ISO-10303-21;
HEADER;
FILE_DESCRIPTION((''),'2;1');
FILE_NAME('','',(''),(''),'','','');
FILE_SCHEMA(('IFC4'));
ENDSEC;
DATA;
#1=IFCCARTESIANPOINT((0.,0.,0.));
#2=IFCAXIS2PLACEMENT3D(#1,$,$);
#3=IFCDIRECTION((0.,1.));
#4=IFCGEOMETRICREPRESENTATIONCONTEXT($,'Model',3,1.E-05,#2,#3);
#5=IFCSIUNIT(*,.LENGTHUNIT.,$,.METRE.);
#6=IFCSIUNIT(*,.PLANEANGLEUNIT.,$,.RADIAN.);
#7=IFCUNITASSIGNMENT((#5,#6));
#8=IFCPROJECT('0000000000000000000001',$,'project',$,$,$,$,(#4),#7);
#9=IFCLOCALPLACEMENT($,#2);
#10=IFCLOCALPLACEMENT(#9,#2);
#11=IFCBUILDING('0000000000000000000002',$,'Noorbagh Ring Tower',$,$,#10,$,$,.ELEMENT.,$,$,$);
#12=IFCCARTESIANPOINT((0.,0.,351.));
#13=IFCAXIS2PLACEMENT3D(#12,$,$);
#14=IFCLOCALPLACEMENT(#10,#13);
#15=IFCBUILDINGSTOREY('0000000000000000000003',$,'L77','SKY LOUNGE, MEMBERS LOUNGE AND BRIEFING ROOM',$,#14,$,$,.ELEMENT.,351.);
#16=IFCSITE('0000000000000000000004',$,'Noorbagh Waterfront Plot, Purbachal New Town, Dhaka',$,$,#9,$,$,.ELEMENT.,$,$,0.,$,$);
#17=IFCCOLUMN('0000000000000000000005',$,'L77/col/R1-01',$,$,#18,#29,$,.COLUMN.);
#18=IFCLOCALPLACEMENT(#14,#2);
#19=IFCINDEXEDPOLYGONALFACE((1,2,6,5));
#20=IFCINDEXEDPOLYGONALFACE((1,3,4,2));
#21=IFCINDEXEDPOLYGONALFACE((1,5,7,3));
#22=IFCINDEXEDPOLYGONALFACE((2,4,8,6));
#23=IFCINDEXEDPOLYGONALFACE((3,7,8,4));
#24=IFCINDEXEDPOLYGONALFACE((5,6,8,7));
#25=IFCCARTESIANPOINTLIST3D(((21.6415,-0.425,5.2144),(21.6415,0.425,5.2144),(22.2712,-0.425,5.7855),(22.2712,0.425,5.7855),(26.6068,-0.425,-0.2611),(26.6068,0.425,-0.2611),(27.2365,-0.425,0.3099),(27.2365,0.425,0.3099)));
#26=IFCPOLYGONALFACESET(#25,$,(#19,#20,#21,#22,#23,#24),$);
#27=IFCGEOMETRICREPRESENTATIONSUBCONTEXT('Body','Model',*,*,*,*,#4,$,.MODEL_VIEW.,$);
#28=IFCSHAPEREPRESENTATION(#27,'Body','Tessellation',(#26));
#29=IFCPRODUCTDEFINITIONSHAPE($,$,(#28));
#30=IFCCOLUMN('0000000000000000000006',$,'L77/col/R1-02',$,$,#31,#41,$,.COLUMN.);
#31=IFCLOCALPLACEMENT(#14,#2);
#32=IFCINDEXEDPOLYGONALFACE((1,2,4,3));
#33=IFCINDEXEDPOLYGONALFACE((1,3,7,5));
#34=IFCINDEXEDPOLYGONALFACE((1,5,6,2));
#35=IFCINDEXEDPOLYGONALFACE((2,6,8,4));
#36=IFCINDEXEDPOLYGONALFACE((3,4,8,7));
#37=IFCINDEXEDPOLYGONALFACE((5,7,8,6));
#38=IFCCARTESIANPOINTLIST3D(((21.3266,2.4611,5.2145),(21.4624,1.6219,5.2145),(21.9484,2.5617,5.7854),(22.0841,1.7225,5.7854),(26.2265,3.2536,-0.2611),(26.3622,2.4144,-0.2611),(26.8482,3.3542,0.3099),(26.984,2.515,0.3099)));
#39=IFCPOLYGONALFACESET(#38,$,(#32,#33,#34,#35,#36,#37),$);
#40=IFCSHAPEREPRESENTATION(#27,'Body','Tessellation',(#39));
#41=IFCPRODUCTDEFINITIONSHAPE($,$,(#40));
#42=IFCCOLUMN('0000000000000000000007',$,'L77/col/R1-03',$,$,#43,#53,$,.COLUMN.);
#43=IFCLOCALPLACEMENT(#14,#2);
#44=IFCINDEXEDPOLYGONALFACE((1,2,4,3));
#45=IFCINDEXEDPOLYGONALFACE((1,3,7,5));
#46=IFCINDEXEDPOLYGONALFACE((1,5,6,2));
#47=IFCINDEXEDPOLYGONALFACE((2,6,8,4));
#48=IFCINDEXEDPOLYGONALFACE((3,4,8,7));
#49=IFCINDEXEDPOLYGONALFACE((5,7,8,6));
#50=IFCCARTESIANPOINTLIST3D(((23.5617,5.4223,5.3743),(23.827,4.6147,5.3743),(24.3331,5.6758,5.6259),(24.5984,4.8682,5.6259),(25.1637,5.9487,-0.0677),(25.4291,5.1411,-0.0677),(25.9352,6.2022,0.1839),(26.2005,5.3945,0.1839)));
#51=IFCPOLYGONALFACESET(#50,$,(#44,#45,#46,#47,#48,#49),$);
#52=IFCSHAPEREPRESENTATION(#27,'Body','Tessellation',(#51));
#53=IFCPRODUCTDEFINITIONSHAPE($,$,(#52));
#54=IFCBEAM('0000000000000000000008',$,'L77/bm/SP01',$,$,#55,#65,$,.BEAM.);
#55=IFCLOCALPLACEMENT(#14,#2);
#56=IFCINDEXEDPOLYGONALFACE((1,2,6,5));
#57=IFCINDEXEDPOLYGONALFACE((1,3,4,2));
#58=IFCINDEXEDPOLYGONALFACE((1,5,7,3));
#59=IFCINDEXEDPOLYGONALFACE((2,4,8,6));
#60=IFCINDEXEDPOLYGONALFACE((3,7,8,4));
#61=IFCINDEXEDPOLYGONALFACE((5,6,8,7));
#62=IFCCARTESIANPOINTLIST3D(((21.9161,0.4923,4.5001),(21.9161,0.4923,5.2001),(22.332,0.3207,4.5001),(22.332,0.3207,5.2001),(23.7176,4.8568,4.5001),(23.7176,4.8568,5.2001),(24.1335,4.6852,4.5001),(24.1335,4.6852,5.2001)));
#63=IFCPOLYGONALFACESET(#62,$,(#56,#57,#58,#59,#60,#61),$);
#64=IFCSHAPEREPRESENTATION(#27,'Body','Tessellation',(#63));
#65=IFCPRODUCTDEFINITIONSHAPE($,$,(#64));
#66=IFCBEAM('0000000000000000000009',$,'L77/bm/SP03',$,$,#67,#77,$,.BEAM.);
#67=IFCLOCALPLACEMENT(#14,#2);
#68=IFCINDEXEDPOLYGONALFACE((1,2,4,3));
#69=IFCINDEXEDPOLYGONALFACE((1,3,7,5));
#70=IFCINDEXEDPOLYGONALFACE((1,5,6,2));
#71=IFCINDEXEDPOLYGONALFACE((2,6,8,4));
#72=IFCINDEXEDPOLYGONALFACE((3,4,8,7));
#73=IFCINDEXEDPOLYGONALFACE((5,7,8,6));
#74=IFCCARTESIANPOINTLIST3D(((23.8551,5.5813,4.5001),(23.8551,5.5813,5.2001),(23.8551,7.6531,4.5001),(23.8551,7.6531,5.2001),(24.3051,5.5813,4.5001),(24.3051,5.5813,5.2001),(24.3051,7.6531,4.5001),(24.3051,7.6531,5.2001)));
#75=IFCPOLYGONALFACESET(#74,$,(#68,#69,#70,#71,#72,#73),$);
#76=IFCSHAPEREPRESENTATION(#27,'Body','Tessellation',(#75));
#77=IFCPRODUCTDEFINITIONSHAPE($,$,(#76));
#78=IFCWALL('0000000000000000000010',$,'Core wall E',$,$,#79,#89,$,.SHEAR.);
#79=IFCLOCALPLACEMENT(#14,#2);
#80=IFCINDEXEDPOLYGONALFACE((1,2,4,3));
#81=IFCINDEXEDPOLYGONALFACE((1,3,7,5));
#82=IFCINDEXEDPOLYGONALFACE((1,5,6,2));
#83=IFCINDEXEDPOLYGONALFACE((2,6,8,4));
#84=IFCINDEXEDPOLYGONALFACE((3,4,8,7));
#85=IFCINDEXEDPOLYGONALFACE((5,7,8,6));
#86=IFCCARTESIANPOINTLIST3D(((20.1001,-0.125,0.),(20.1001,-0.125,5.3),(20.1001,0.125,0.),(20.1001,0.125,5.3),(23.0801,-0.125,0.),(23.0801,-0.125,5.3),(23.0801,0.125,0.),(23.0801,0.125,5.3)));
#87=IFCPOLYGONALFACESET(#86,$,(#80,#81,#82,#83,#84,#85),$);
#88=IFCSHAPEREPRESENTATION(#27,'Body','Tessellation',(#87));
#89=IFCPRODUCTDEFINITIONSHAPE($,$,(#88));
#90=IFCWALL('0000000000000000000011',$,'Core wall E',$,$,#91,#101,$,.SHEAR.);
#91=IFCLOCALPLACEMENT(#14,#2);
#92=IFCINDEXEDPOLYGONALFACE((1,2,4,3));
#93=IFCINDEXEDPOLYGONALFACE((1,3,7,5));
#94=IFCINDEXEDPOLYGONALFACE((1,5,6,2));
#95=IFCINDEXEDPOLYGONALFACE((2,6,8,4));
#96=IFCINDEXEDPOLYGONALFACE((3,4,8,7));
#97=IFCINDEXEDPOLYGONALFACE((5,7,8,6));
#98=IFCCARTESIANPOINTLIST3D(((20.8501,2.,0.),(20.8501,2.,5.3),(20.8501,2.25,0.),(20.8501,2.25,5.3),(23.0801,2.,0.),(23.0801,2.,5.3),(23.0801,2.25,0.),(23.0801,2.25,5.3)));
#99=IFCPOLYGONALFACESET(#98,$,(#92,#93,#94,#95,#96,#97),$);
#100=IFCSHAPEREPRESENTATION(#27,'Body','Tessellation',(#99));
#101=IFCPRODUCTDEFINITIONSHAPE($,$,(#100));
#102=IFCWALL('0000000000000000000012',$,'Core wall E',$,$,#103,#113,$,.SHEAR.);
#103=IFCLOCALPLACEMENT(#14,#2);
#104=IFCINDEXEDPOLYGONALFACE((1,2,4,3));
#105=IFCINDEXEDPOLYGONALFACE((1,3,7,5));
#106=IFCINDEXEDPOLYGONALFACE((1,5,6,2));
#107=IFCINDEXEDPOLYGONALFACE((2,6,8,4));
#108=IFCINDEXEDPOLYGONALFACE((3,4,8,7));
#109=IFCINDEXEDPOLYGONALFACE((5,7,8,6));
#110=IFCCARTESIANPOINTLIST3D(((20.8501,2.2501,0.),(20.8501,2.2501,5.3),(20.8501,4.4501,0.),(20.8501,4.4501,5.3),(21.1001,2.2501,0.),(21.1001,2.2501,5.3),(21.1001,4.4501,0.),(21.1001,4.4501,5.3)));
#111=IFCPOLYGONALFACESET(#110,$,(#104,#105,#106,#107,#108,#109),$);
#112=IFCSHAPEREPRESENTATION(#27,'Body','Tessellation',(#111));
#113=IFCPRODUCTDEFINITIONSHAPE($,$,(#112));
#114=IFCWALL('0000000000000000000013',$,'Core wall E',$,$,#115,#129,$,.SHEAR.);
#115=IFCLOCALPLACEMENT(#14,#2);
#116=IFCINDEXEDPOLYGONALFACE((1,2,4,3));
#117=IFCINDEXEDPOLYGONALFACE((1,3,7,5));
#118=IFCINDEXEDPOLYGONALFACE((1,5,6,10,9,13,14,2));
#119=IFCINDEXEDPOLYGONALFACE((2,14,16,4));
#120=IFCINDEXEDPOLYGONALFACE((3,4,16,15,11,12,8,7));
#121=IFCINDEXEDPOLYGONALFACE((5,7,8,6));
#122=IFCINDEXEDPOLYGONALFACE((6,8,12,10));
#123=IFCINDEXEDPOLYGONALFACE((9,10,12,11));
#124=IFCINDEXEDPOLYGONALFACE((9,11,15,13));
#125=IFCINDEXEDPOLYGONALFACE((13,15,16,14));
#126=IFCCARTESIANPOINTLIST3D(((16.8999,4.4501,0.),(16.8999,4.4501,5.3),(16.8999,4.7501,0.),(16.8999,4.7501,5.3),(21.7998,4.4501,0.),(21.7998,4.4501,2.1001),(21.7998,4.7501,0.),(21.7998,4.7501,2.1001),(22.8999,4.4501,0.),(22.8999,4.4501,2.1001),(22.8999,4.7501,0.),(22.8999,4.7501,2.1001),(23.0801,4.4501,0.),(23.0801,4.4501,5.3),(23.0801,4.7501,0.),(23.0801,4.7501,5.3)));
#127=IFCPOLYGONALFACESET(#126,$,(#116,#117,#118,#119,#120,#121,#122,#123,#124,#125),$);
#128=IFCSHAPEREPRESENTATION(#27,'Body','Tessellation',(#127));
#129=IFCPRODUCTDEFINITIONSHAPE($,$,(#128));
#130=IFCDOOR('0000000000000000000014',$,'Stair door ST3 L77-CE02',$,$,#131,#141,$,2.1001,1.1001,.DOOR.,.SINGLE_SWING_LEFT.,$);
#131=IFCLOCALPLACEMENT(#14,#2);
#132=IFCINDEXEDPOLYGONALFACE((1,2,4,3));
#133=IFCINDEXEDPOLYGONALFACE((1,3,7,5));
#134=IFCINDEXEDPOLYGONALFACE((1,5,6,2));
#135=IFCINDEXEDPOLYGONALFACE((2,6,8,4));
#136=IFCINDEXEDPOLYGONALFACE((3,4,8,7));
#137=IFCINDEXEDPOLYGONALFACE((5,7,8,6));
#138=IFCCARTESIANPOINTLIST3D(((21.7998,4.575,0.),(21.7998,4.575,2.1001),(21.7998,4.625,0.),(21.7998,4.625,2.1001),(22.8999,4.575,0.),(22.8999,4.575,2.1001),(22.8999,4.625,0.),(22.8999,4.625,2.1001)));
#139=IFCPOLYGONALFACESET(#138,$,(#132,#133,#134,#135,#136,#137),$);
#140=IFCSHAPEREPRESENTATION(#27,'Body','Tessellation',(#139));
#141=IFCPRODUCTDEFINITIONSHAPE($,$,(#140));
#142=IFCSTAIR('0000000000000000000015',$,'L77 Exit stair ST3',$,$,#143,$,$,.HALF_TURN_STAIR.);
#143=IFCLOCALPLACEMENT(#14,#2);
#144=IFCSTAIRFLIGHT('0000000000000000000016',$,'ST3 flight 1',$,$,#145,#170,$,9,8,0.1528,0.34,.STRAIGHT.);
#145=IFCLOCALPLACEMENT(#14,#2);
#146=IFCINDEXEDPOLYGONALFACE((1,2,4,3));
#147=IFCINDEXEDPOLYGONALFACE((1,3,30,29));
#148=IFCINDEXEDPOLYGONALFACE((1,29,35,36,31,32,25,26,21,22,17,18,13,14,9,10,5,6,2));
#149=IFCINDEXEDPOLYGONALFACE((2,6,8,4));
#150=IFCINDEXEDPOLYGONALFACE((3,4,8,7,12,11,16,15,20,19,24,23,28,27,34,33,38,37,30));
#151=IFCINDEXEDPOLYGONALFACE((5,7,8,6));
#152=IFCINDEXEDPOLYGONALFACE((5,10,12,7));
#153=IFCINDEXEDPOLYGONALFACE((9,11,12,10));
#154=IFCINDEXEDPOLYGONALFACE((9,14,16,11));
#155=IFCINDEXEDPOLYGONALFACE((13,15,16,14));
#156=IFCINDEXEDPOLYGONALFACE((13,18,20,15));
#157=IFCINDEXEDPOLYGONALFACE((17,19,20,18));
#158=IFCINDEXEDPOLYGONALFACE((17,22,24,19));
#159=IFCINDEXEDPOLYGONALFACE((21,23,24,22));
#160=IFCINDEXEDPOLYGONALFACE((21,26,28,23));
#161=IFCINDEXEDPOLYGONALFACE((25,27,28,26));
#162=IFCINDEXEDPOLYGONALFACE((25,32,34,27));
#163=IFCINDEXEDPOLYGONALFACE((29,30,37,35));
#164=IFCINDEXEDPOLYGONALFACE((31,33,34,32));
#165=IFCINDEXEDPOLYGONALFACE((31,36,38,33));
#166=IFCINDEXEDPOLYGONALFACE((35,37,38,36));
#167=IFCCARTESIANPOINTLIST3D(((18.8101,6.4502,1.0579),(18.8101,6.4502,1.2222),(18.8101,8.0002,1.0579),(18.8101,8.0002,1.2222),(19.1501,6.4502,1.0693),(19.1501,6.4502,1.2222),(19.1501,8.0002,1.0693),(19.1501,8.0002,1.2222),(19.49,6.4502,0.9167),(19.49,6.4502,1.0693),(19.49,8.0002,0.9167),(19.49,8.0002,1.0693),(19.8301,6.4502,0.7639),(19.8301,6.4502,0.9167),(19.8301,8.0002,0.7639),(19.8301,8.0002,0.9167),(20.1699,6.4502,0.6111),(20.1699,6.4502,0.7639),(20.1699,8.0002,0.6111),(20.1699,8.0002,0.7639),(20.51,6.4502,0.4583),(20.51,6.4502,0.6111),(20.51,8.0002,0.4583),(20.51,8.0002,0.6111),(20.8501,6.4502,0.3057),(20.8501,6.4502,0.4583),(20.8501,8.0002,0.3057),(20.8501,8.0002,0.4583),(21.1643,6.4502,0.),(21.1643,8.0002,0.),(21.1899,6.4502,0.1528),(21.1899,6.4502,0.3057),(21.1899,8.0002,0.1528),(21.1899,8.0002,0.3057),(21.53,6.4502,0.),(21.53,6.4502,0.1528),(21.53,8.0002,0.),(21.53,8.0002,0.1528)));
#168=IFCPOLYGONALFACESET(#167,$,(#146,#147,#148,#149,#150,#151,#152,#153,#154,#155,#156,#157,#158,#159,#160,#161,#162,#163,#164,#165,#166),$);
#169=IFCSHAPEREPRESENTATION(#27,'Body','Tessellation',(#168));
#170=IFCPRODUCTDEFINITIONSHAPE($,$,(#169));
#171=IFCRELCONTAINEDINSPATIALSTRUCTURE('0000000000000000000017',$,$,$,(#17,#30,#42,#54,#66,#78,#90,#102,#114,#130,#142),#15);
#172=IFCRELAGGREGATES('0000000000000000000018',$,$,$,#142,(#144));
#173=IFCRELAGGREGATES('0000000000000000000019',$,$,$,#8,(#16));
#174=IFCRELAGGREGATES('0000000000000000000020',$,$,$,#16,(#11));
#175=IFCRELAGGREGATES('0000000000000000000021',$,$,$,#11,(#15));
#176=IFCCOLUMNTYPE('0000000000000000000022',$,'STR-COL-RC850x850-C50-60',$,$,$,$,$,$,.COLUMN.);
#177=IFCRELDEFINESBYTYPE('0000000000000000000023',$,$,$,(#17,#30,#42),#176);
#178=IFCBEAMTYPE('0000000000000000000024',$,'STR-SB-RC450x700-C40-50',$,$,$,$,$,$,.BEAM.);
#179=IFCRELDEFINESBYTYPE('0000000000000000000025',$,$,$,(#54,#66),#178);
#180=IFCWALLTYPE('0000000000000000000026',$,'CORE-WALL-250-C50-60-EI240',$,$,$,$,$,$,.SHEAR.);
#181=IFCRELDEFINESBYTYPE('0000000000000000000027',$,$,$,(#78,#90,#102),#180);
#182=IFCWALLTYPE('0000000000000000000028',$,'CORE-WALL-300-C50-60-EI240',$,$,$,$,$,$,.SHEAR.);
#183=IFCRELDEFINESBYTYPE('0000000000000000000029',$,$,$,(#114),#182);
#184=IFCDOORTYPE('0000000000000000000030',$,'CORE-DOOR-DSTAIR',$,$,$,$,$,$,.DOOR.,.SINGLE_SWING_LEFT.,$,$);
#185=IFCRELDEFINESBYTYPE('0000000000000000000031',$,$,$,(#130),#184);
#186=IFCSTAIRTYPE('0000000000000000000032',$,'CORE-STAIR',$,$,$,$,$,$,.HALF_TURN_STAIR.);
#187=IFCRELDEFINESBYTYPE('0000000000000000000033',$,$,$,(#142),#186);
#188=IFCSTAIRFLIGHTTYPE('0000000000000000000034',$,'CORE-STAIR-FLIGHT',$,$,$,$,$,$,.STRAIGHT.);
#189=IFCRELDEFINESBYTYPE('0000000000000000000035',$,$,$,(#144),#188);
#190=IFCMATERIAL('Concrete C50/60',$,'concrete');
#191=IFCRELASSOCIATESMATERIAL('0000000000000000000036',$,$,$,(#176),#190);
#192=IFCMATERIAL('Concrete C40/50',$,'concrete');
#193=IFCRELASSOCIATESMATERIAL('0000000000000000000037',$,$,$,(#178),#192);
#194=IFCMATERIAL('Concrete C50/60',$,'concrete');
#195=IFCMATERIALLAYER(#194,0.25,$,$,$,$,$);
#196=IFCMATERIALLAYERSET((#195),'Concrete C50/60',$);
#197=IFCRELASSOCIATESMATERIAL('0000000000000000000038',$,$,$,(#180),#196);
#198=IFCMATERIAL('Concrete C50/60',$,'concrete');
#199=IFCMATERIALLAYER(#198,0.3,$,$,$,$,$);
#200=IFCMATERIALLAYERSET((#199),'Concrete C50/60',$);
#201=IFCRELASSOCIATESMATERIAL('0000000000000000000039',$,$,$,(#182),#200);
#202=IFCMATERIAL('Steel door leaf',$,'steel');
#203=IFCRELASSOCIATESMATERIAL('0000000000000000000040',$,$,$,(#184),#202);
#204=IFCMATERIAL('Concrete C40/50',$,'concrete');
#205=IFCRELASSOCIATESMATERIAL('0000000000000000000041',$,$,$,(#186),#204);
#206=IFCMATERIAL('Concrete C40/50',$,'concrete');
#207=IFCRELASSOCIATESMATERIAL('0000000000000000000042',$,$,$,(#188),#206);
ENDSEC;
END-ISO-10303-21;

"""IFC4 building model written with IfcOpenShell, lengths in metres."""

from ifc_helpers import new_model, si_unit, direction, frame, frame_2d, origin, origin_2d, place, context, subcontext, project, spatial, polyline, rectangle, outline, extrude, material, layer, layer_set, material_profile, profile_set, type_object, element, fill, aggregate, save


model = new_model("IFC4")

# Units and contexts
model_context = context("Model", 3, precision=1e-05, world=origin(), true_north=direction((0.0, 1.0)))
body_context = subcontext(model_context, "Body", "Model", "MODEL_VIEW")
ifc_project = project(units=[si_unit("LENGTHUNIT", "METRE"), si_unit("PLANEANGLEUNIT", "RADIAN")], contexts=[model_context])

# Site, building, storey
site_placement = place(None, origin())
site = spatial("IfcSite", under=ifc_project, at=site_placement, Name="Noorbagh Waterfront Plot, Purbachal New Town, Dhaka", CompositionType="ELEMENT", RefElevation=0.0)
building_placement = place(site_placement, origin())
building = spatial("IfcBuilding", under=site, at=building_placement, Name="Noorbagh Ring Tower", CompositionType="ELEMENT")
storey_placement = place(building_placement, frame((0.0, 0.0, 351.0)))
storey = spatial("IfcBuildingStorey", under=building, at=storey_placement, Name="L77", Description="SKY LOUNGE, MEMBERS LOUNGE AND BRIEFING ROOM", CompositionType="ELEMENT", Elevation=351.0)

# Columns
ifc_material_1 = material(Name="Concrete C50/60", Category="concrete")
ifc_material_profile_1 = material_profile(ifc_material_1, rectangle(XDim=0.8501, YDim=0.8501, at=origin_2d()), Name="RC850x850")
ifc_profile_set_1 = profile_set([ifc_material_profile_1], Name="Concrete C50/60")
column_type = type_object("IfcColumnType", Name="STR-COL-RC850x850-C50-60", PredefinedType="COLUMN", material=ifc_profile_set_1)
column_1_placement = place(storey_placement, frame((26.9216, 0.0, 0.0244), z_axis=(-0.671748, 0.0, 0.740779), x_axis=(0.0, -1.0, 0.0)))
element("IfcColumn", 1, at=column_1_placement, inside=storey, type_object=column_type, Name="L77/col/R1-01", PredefinedType="COLUMN", context=body_context, shape_type="SweptSolid", body=[
    extrude(rectangle(XDim=0.8501, YDim=0.8501, at=origin_2d()), origin(), (0.0, 0.0, 1.0), 7.3916),
])
column_2_placement = place(storey_placement, frame((26.6052, 2.8843, 0.0244), z_axis=(-0.663002, -0.10723, 0.740898), x_axis=(0.159659, -0.987172, 0.0)))
element("IfcColumn", 2, at=column_2_placement, inside=storey, type_object=column_type, Name="L77/col/R1-02", PredefinedType="COLUMN", context=body_context, shape_type="SweptSolid", body=[
    extrude(rectangle(XDim=0.8501, YDim=0.8501, at=origin_2d()), origin(), (0.0, 0.0, 1.0), 7.3904),
])
column_3_placement = place(storey_placement, frame((25.6821, 5.6716, 0.0581), z_axis=(-0.281201, -0.092391, 0.955191), x_axis=(0.312142, -0.950035, 0.0)))
element("IfcColumn", 3, at=column_3_placement, inside=storey, type_object=column_type, Name="L77/col/R1-03", PredefinedType="COLUMN", context=body_context, shape_type="SweptSolid", body=[
    extrude(rectangle(XDim=0.8501, YDim=0.8501, at=origin_2d()), origin(), (0.0, 0.0, 1.0), 5.6973),
])

# Beams
ifc_material_2 = material(Name="Concrete C40/50", Category="concrete")
ifc_material_profile_2 = material_profile(ifc_material_2, rectangle(XDim=0.45, YDim=0.7, at=origin_2d()), Name="RC450x700")
ifc_profile_set_2 = profile_set([ifc_material_profile_2], Name="Concrete C40/50")
beam_type = type_object("IfcBeamType", Name="STR-SB-RC450x700-C40-50", PredefinedType="BEAM", material=ifc_profile_set_2)
beam_1_placement = place(storey_placement, frame((22.124, 0.4065, 4.8501), z_axis=(0.38154, 0.924352, 0.0), x_axis=(-0.924352, 0.38154, 0.0)))
element("IfcBeam", 4, at=beam_1_placement, inside=storey, type_object=beam_type, Name="L77/bm/SP01", PredefinedType="BEAM", context=body_context, shape_type="SweptSolid", body=[
    extrude(rectangle(XDim=0.45, YDim=0.7, at=origin_2d()), origin(), (0.0, 0.0, 1.0), 4.7217),
])
beam_2_placement = place(storey_placement, frame((24.0801, 5.5813, 4.8501), z_axis=(0.0, 1.0, 0.0), x_axis=(-1.0, 0.0, 0.0)))
element("IfcBeam", 5, at=beam_2_placement, inside=storey, type_object=beam_type, Name="L77/bm/SP03", PredefinedType="BEAM", context=body_context, shape_type="SweptSolid", body=[
    extrude(rectangle(XDim=0.45, YDim=0.7, at=origin_2d()), origin(), (0.0, 0.0, 1.0), 2.0718),
])

# Walls
ifc_material_3 = material(Name="Concrete C50/60", Category="concrete")
ifc_layer_1 = layer(ifc_material_3, 0.25)
ifc_layer_set_1 = layer_set([ifc_layer_1], Name="Concrete C50/60")
wall_type_1 = type_object("IfcWallType", Name="CORE-WALL-250-C50-60-EI240", PredefinedType="SHEAR", material=ifc_layer_set_1)
wall_1_placement = place(storey_placement, frame((20.1001, 0.0, 0.0), z_axis=(0.0, 0.0, 1.0), x_axis=(1.0, 0.0, 0.0)))
element("IfcWall", 6, at=wall_1_placement, inside=storey, type_object=wall_type_1, Name="Core wall E", PredefinedType="SHEAR", context=body_context, shape_type="SweptSolid", body=[
    extrude(rectangle(XDim=2.98, YDim=0.25, at=frame_2d((1.49, 0.0))), origin(), (0.0, 0.0, 1.0), 5.3),
])
wall_2_placement = place(storey_placement, frame((20.8501, 2.125, 0.0), z_axis=(0.0, 0.0, 1.0), x_axis=(1.0, 0.0, 0.0)))
element("IfcWall", 7, at=wall_2_placement, inside=storey, type_object=wall_type_1, Name="Core wall E", PredefinedType="SHEAR", context=body_context, shape_type="SweptSolid", body=[
    extrude(rectangle(XDim=2.23, YDim=0.25, at=frame_2d((1.115, 0.0))), origin(), (0.0, 0.0, 1.0), 5.3),
])
wall_3_placement = place(storey_placement, frame((20.9751, 2.25, 0.0), z_axis=(0.0, 0.0, 1.0), x_axis=(0.0, 1.0, 0.0)))
element("IfcWall", 8, at=wall_3_placement, inside=storey, type_object=wall_type_1, Name="Core wall E", PredefinedType="SHEAR", context=body_context, shape_type="SweptSolid", body=[
    extrude(rectangle(XDim=2.2, YDim=0.25, at=frame_2d((1.1001, 0.0))), origin(), (0.0, 0.0, 1.0), 5.3),
])

# Wall, opening, door
ifc_material_4 = material(Name="Concrete C50/60", Category="concrete")
ifc_layer_2 = layer(ifc_material_4, 0.3)
ifc_layer_set_2 = layer_set([ifc_layer_2], Name="Concrete C50/60")
wall_type_2 = type_object("IfcWallType", Name="CORE-WALL-300-C50-60-EI240", PredefinedType="SHEAR", material=ifc_layer_set_2)
wall_4_placement = place(storey_placement, frame((16.8999, 4.6001, 0.0), z_axis=(0.0, 0.0, 1.0), x_axis=(1.0, 0.0, 0.0)))
wall_4 = element("IfcWall", 9, at=wall_4_placement, inside=storey, type_object=wall_type_2, Name="Core wall E", PredefinedType="SHEAR", context=body_context, shape_type="SweptSolid", body=[
    extrude(rectangle(XDim=6.1802, YDim=0.3, at=frame_2d((3.0901, 0.0))), origin(), (0.0, 0.0, 1.0), 5.3),
])
opening_placement = place(wall_4_placement, frame((4.8999, 0.0, 0.0)))
opening = element("IfcOpeningElement", 10, at=opening_placement, cuts=wall_4, PredefinedType="OPENING", context=body_context, shape_type="SweptSolid", body=[
    extrude(rectangle(XDim=1.1001, YDim=2.1001, at=frame_2d((0.55, 1.05))), frame((0.0, 0.1602, 0.0), z_axis=(0.0, -1.0, 0.0), x_axis=(1.0, 0.0, 0.0)), (0.0, 0.0, 1.0), 0.3201),
])
ifc_material_5 = material(Name="Steel door leaf", Category="steel")
door_type = type_object("IfcDoorType", Name="CORE-DOOR-DSTAIR", OperationType="SINGLE_SWING_LEFT", PredefinedType="DOOR", material=ifc_material_5)
door_placement = place(opening_placement, origin())
door = element("IfcDoor", 11, at=door_placement, inside=storey, type_object=door_type, Name="Stair door ST3 L77-CE02", OperationType="SINGLE_SWING_LEFT", OverallHeight=2.1001, OverallWidth=1.1001, PredefinedType="DOOR", context=body_context, shape_type="SweptSolid", body=[
    extrude(rectangle(XDim=1.1001, YDim=2.1001, at=frame_2d((0.55, 1.05))), frame((0.0, 0.0249, 0.0), z_axis=(0.0, -1.0, 0.0), x_axis=(1.0, 0.0, 0.0)), (0.0, 0.0, 1.0), 0.05),
])
fill(opening, door)

# Stair, stair flight
ifc_material_6 = material(Name="Concrete C40/50", Category="concrete")
stair_type = type_object("IfcStairType", Name="CORE-STAIR", PredefinedType="HALF_TURN_STAIR", material=ifc_material_6)
stair_placement = place(storey_placement, origin())
stair = element("IfcStair", 12, at=stair_placement, inside=storey, type_object=stair_type, Name="L77 Exit stair ST3", PredefinedType="HALF_TURN_STAIR")
ifc_material_7 = material(Name="Concrete C40/50", Category="concrete")
stair_flight_type = type_object("IfcStairFlightType", Name="CORE-STAIR-FLIGHT", PredefinedType="STRAIGHT", material=ifc_material_7)
stair_flight_1_placement = place(storey_placement, frame((21.53, 7.2251, 0.0), z_axis=(0.0, 0.0, 1.0), x_axis=(-1.0, 0.0, 0.0)))
stair_flight_1 = element("IfcStairFlight", 13, at=stair_flight_1_placement, type_object=stair_flight_type, Name="ST3 flight 1", NumberOfRisers=9, NumberOfTreads=8, PredefinedType="STRAIGHT", RiserHeight=0.1528, TreadLength=0.34, context=body_context, shape_type="SweptSolid", body=[
    extrude(outline(polyline([(0.0, 0.0), (0.0, 0.1528), (0.3401, 0.1528), (0.3401, 0.3057), (0.6799, 0.3057), (0.6799, 0.4583), (1.02, 0.4583), (1.02, 0.6111), (1.3601, 0.6111), (1.3601, 0.7639), (1.7, 0.7639), (1.7, 0.9167), (2.04, 0.9167), (2.04, 1.0693), (2.3799, 1.0693), (2.3799, 1.2222), (2.72, 1.2222), (2.72, 1.375), (2.72, 1.0579), (0.3657, 0.0), (0.0, 0.0)])), frame((0.0, 0.7749, 0.0), z_axis=(0.0, -1.0, 0.0), x_axis=(1.0, 0.0, 0.0)), (0.0, 0.0, 1.0), 1.55),
])
aggregate(stair, [stair_flight_1])

save(model, "model.ifc")
